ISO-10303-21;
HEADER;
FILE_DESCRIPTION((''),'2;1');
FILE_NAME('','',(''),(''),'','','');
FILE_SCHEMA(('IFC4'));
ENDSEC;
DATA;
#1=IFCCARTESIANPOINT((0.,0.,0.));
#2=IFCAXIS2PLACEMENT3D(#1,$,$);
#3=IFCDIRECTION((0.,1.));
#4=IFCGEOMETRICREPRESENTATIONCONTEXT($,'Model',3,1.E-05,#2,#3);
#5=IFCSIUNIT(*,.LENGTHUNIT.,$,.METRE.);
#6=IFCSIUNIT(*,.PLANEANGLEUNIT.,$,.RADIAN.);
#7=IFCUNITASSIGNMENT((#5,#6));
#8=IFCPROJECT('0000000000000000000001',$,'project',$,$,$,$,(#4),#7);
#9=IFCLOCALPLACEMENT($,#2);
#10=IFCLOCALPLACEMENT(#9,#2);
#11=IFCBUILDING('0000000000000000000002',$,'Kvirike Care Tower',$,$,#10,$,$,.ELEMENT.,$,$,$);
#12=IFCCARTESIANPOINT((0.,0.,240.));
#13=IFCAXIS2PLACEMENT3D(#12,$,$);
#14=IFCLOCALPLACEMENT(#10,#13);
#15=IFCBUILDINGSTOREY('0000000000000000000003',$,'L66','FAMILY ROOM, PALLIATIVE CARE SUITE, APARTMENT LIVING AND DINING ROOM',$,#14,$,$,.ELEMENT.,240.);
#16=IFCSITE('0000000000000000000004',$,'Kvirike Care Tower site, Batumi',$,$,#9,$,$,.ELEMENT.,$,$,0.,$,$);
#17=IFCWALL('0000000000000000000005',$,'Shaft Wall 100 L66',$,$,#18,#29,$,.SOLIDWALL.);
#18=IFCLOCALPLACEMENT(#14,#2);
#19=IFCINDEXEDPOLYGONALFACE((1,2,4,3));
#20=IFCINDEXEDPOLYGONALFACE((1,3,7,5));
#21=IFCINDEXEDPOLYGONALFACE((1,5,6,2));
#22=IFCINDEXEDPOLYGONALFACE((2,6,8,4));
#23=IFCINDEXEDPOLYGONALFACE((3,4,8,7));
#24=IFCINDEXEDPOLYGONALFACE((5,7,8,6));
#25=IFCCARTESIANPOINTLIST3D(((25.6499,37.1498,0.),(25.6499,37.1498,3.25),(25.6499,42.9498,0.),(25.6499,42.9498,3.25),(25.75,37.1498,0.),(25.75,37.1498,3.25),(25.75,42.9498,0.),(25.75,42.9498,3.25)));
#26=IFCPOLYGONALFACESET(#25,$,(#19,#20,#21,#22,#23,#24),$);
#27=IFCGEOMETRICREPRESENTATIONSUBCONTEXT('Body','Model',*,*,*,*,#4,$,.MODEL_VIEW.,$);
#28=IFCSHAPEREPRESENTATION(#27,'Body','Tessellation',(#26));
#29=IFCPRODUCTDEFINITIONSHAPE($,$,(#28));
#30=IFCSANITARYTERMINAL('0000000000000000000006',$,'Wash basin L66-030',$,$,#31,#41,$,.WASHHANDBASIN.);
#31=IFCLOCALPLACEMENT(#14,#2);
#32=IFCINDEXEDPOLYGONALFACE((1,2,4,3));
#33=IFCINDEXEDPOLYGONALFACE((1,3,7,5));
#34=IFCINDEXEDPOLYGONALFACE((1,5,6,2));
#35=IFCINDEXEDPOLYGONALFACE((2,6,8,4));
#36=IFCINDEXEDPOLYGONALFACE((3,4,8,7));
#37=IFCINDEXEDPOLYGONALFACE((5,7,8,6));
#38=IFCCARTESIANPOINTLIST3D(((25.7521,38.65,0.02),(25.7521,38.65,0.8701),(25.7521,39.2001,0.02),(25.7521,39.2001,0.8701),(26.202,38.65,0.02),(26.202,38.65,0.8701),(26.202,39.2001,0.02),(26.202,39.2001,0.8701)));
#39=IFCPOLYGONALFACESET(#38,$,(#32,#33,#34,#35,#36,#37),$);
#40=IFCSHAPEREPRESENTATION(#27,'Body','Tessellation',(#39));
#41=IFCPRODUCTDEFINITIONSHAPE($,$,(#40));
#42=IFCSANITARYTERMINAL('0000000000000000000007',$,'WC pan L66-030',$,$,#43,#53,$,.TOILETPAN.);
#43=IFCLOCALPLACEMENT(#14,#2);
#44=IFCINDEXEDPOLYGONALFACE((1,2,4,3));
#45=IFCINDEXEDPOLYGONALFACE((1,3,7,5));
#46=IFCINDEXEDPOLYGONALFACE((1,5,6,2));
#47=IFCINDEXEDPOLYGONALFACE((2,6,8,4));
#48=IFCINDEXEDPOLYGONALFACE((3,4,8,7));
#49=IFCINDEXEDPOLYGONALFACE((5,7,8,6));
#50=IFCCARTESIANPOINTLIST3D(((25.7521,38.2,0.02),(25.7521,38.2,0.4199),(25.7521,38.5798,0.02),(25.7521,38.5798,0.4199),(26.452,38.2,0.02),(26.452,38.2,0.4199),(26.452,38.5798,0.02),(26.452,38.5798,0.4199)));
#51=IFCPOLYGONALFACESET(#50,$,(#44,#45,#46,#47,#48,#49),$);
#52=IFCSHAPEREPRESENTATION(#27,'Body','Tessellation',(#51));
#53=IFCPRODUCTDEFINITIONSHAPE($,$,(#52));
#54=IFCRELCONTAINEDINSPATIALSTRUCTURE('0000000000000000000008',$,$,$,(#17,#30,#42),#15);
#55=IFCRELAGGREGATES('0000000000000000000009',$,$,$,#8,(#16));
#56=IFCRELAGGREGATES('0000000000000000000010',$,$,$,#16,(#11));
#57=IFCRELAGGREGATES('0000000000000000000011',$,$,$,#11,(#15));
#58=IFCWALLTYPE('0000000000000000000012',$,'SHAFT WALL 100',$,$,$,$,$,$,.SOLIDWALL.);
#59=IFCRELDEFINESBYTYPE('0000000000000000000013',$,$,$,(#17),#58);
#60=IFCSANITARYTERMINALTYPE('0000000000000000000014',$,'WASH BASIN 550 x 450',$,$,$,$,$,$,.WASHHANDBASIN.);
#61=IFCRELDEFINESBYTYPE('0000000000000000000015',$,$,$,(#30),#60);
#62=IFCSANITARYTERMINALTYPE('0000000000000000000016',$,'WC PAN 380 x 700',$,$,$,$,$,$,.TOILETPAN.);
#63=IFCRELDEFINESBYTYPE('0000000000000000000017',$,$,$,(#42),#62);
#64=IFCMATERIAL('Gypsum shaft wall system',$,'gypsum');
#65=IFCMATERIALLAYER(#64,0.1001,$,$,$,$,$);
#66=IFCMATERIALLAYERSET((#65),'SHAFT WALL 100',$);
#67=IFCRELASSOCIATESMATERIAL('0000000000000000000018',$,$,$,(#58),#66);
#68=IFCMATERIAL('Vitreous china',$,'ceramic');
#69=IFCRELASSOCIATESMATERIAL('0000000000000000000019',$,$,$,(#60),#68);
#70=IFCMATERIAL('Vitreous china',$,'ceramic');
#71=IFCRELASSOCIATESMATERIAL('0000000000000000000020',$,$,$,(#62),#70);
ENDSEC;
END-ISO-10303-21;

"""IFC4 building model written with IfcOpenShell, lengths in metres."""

from ifc_helpers import new_model, si_unit, direction, frame, frame_2d, origin, origin_2d, place, context, subcontext, project, spatial, rectangle, extrude, material, layer, layer_set, type_object, element, save


model = new_model("IFC4")

# Units and contexts
model_context = context("Model", 3, precision=1e-05, world=origin(), true_north=direction((0.0, 1.0)))
body_context = subcontext(model_context, "Body", "Model", "MODEL_VIEW")
ifc_project = project(units=[si_unit("LENGTHUNIT", "METRE"), si_unit("PLANEANGLEUNIT", "RADIAN")], contexts=[model_context])

# Site, building, storey
site_placement = place(None, origin())
site = spatial("IfcSite", under=ifc_project, at=site_placement, Name="Kvirike Care Tower site, Batumi", CompositionType="ELEMENT", RefElevation=0.0)
building_placement = place(site_placement, origin())
building = spatial("IfcBuilding", under=site, at=building_placement, Name="Kvirike Care Tower", CompositionType="ELEMENT")
storey_placement = place(building_placement, frame((0.0, 0.0, 240.0)))
storey = spatial("IfcBuildingStorey", under=building, at=storey_placement, Name="L66", Description="FAMILY ROOM, PALLIATIVE CARE SUITE, APARTMENT LIVING AND DINING ROOM", CompositionType="ELEMENT", Elevation=240.0)

# Shared definitions
ifc_material_1 = material(Name="Gypsum shaft wall system", Category="gypsum")
ifc_layer_1 = layer(ifc_material_1, 0.1001)
ifc_layer_set_1 = layer_set([ifc_layer_1], Name="SHAFT WALL 100")
wall_type = type_object("IfcWallType", Name="SHAFT WALL 100", PredefinedType="SOLIDWALL", material=ifc_layer_set_1)

# Wall
wall_1_placement = place(storey_placement, frame((25.7, 37.1499, 0.0), z_axis=(0.0, 0.0, 1.0), x_axis=(0.0, 1.0, 0.0)))
element("IfcWall", 1, at=wall_1_placement, inside=storey, type_object=wall_type, Name="Shaft Wall 100 L66", PredefinedType="SOLIDWALL", context=body_context, shape_type="SweptSolid", body=[
    extrude(rectangle(XDim=5.8, YDim=0.1001, at=frame_2d((2.8999, 0.0))), origin(), (0.0, 0.0, 1.0), 3.25),
])

# Sanitary terminals
ifc_material_2 = material(Name="Vitreous china", Category="ceramic")
sanitary_terminal_type_1 = type_object("IfcSanitaryTerminalType", Name="WASH BASIN 550 x 450", PredefinedType="WASHHANDBASIN", material=ifc_material_2)
sanitary_terminal_1_placement = place(storey_placement, frame((25.9771, 38.925, 0.02), z_axis=(0.0, 0.0, 1.0), x_axis=(0.0, 1.0, 0.0)))
element("IfcSanitaryTerminal", 2, at=sanitary_terminal_1_placement, inside=storey, type_object=sanitary_terminal_type_1, Name="Wash basin L66-030", PredefinedType="WASHHANDBASIN", context=body_context, shape_type="SweptSolid", body=[
    extrude(rectangle(XDim=0.55, YDim=0.45, at=origin_2d()), origin(), (0.0, 0.0, 1.0), 0.8501),
])
ifc_material_3 = material(Name="Vitreous china", Category="ceramic")
sanitary_terminal_type_2 = type_object("IfcSanitaryTerminalType", Name="WC PAN 380 x 700", PredefinedType="TOILETPAN", material=ifc_material_3)
sanitary_terminal_2_placement = place(storey_placement, frame((26.1021, 38.3899, 0.02), z_axis=(0.0, 0.0, 1.0), x_axis=(0.0, 1.0, 0.0)))
element("IfcSanitaryTerminal", 3, at=sanitary_terminal_2_placement, inside=storey, type_object=sanitary_terminal_type_2, Name="WC pan L66-030", PredefinedType="TOILETPAN", context=body_context, shape_type="SweptSolid", body=[
    extrude(rectangle(XDim=0.3799, YDim=0.7, at=origin_2d()), origin(), (0.0, 0.0, 1.0), 0.3999),
])

save(model, "model.ifc")
